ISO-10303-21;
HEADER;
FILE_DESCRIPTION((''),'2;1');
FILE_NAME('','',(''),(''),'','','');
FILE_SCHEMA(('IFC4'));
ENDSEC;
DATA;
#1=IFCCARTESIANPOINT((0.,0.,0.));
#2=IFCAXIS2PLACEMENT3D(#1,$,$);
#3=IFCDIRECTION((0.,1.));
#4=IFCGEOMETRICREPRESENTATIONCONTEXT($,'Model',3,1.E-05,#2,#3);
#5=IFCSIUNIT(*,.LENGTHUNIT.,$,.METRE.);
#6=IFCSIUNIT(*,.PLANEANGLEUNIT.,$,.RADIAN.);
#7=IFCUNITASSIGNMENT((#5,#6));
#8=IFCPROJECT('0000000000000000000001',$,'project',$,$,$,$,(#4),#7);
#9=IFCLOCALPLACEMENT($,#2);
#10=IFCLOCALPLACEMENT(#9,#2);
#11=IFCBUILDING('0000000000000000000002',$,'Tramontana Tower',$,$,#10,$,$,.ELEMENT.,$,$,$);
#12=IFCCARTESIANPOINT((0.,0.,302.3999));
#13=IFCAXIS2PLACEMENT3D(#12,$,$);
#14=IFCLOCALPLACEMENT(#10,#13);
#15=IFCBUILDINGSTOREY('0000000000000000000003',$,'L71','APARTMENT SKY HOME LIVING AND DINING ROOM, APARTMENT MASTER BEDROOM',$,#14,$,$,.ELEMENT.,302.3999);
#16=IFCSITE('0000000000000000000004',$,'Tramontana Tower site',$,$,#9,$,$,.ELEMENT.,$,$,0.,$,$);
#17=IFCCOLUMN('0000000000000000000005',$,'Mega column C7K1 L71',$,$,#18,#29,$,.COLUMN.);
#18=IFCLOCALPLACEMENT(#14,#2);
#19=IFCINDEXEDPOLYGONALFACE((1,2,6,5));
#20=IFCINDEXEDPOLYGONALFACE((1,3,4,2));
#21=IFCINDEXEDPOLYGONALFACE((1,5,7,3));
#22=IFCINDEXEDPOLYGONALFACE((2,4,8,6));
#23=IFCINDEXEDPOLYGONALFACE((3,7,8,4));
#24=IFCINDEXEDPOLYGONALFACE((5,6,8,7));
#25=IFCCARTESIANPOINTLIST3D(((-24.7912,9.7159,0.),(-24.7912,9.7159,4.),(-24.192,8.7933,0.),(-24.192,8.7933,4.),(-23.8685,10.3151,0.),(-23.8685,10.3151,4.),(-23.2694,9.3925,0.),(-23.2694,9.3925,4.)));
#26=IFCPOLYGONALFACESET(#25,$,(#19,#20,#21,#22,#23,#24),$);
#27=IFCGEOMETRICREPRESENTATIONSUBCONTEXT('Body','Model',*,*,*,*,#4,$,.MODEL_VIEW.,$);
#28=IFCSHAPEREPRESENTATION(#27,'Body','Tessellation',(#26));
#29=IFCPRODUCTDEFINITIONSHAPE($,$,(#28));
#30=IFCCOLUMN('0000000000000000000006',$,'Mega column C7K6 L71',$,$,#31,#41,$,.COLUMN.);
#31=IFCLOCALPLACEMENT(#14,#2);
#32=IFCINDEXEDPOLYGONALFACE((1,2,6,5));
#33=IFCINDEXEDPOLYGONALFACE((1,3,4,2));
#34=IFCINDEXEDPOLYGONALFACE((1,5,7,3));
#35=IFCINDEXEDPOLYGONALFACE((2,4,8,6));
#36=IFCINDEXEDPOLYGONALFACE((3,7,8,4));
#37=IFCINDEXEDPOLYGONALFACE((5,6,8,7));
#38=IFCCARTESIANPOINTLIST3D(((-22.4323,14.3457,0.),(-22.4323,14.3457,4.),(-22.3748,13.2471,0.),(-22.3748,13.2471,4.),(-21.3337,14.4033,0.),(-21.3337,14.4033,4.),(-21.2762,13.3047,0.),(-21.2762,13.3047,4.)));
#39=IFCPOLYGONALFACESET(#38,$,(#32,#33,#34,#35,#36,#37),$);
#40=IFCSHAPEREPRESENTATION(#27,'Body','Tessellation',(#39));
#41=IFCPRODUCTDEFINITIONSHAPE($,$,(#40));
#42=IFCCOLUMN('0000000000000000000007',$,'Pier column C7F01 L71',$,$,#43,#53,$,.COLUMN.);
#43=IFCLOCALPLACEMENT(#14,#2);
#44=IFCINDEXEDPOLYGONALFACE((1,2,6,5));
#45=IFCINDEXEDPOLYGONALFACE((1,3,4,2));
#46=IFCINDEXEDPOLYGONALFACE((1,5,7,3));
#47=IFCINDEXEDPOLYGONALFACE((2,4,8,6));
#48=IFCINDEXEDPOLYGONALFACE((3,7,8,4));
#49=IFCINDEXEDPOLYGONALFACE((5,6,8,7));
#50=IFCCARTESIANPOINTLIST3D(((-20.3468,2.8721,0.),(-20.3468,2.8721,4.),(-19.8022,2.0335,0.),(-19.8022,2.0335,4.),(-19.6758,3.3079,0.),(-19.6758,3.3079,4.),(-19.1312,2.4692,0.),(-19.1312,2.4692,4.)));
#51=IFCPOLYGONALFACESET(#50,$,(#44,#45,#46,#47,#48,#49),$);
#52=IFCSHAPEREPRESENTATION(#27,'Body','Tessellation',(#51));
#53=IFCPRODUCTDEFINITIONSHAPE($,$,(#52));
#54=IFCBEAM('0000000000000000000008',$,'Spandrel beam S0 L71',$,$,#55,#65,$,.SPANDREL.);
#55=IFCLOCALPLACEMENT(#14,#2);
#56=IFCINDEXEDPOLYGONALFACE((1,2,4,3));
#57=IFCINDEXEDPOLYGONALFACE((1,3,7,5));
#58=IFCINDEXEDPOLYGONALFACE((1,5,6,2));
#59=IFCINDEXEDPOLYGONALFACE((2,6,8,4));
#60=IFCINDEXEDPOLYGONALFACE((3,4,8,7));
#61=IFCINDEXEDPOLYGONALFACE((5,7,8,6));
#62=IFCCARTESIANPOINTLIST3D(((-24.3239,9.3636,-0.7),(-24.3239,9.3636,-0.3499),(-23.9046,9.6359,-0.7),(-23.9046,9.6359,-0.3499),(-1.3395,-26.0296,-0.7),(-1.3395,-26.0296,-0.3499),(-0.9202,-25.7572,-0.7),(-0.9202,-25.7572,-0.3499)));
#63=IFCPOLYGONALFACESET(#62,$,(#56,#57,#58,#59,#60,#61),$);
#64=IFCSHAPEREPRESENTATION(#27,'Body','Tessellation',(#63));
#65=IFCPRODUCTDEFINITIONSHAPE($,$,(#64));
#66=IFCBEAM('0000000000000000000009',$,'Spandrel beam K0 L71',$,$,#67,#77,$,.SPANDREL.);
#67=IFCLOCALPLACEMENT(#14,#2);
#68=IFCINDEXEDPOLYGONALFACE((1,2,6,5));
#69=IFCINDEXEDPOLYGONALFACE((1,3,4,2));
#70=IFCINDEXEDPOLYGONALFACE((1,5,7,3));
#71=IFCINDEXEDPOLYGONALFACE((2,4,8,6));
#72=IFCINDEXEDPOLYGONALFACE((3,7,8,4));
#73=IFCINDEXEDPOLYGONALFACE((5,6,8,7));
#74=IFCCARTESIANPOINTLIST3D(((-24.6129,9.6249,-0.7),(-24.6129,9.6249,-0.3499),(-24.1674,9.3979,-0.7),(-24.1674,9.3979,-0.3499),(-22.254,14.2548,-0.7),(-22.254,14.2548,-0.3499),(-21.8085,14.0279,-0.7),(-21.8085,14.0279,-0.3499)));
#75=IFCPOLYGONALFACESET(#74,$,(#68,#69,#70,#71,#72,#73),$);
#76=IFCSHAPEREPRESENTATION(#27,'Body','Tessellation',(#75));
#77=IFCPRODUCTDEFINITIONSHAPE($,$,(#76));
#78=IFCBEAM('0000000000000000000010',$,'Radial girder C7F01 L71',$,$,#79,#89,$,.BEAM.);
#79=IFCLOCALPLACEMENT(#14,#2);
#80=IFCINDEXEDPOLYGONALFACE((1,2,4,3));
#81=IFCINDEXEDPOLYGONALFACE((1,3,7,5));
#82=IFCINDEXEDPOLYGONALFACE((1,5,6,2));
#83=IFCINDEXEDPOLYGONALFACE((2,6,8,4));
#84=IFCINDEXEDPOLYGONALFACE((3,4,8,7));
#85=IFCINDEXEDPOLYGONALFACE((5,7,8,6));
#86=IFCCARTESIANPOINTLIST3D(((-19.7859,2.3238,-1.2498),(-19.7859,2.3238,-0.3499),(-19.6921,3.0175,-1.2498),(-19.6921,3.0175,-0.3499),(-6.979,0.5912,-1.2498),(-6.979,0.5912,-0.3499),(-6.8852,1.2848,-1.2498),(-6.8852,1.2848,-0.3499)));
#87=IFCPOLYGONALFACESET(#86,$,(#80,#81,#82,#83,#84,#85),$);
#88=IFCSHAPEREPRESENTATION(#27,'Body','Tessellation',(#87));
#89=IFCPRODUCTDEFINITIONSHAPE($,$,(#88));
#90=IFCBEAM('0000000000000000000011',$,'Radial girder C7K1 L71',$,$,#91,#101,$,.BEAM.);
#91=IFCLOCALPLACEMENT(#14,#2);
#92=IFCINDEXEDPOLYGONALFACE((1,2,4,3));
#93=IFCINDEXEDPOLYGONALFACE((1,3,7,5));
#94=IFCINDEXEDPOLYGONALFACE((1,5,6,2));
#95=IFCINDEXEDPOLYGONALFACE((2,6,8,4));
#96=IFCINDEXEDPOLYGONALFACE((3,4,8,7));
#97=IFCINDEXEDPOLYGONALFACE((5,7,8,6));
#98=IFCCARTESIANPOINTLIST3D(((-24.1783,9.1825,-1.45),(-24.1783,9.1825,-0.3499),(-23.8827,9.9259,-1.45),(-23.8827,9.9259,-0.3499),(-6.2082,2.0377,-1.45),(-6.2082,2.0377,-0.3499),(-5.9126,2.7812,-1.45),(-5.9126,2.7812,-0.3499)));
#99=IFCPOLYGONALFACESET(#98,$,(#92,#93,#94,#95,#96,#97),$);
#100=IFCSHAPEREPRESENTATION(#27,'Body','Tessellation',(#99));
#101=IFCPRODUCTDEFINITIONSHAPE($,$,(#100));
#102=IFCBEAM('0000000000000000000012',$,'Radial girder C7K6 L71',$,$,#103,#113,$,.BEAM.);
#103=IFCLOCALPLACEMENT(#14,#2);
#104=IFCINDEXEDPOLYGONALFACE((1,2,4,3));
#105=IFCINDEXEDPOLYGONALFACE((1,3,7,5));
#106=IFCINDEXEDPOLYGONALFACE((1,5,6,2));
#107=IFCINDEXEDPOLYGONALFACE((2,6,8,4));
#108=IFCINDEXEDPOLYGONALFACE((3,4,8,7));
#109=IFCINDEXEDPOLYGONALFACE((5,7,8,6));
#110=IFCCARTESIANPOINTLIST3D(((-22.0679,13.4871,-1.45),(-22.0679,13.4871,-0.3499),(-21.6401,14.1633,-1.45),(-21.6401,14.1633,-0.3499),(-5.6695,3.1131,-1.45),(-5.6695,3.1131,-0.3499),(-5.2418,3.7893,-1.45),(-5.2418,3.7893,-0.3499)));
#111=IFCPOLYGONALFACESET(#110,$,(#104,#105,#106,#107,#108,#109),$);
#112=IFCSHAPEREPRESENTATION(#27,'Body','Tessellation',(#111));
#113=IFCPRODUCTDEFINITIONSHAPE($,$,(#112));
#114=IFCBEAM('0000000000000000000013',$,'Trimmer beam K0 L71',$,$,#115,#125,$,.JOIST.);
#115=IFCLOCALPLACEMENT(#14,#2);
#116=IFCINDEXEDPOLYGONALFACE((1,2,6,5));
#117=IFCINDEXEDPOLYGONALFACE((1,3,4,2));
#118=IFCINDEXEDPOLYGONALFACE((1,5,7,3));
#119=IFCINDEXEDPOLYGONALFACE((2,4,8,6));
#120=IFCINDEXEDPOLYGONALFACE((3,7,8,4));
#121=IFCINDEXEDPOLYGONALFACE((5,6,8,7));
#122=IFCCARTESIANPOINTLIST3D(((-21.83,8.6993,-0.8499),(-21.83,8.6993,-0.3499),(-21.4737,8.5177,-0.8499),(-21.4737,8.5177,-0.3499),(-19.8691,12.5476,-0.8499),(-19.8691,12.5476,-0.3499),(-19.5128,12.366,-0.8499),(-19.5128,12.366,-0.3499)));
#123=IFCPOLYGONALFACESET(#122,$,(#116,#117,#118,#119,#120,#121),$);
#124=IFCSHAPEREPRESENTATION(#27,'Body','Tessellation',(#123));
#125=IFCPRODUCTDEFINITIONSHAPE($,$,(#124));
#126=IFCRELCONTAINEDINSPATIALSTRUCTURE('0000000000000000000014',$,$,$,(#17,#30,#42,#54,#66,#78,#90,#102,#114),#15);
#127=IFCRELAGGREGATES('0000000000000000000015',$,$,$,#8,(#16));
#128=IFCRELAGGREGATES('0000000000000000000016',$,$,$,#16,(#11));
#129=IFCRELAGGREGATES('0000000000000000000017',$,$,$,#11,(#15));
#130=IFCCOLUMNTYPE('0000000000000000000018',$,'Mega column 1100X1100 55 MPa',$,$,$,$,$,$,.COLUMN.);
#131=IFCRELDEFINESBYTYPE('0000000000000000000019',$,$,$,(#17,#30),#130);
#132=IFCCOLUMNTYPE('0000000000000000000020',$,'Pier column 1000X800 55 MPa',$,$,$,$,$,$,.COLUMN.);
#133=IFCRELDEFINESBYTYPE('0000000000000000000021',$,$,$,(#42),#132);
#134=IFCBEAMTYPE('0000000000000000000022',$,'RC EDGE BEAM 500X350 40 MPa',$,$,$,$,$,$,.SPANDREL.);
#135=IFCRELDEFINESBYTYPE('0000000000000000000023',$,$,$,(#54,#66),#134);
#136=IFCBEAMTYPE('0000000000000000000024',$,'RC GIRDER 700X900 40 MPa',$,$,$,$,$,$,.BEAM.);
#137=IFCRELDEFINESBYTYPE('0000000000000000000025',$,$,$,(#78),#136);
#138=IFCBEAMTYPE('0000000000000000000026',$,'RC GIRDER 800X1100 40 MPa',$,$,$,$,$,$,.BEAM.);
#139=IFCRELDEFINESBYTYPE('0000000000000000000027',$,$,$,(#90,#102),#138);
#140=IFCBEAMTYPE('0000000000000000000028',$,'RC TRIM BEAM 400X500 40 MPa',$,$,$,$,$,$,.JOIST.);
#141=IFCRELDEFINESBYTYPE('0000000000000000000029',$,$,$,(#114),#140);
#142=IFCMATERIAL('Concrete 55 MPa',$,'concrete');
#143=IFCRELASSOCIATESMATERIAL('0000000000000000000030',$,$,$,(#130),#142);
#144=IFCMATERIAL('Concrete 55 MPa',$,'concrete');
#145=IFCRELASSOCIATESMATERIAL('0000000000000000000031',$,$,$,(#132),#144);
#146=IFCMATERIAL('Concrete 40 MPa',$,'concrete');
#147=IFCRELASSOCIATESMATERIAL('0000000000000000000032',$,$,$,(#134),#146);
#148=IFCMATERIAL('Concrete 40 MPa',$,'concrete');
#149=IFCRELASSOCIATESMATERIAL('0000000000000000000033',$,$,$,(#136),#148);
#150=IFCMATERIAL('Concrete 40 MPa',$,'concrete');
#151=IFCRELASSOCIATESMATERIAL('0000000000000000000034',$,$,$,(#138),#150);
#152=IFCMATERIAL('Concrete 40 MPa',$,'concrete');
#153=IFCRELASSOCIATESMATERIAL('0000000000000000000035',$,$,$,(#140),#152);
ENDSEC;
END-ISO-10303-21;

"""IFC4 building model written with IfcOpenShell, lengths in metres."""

from ifc_helpers import new_model, si_unit, direction, frame, origin, origin_2d, place, context, subcontext, project, spatial, rectangle, extrude, material, material_profile, profile_set, type_object, element, save


model = new_model("IFC4")

# Units and contexts
model_context = context("Model", 3, precision=1e-05, world=origin(), true_north=direction((0.0, 1.0)))
body_context = subcontext(model_context, "Body", "Model", "MODEL_VIEW")
ifc_project = project(units=[si_unit("LENGTHUNIT", "METRE"), si_unit("PLANEANGLEUNIT", "RADIAN")], contexts=[model_context])

# Site, building, storey
site_placement = place(None, origin())
site = spatial("IfcSite", under=ifc_project, at=site_placement, Name="Tramontana Tower site", CompositionType="ELEMENT", RefElevation=0.0)
building_placement = place(site_placement, origin())
building = spatial("IfcBuilding", under=site, at=building_placement, Name="Tramontana Tower", CompositionType="ELEMENT")
storey_placement = place(building_placement, frame((0.0, 0.0, 302.3999)))
storey = spatial("IfcBuildingStorey", under=building, at=storey_placement, Name="L71", Description="APARTMENT SKY HOME LIVING AND DINING ROOM, APARTMENT MASTER BEDROOM", CompositionType="ELEMENT", Elevation=302.3999)

# Columns
ifc_material_1 = material(Name="Concrete 55 MPa", Category="concrete")
ifc_material_profile_1 = material_profile(ifc_material_1, rectangle(XDim=1.1001, YDim=1.1001, at=origin_2d()), Name="Mega column 1100X1100 55 MPa")
ifc_profile_set_1 = profile_set([ifc_material_profile_1], Name="Concrete 55 MPa")
column_type_1 = type_object("IfcColumnType", Name="Mega column 1100X1100 55 MPa", PredefinedType="COLUMN", material=ifc_profile_set_1)
for number, where, z_axis, x_axis, name in (
    (1, (-24.0303, 9.5542, 0.0), (0.0, 0.0, 1.0), (0.544639, -0.838671, 0.0), "Mega column C7K1 L71"),
    (2, (-21.8542, 13.8252, 0.0), (0.0, 0.0, 1.0), (-0.99863, -0.052336, 0.0), "Mega column C7K6 L71"),
):
    element("IfcColumn", number, at=place(storey_placement, frame(where, z_axis=z_axis, x_axis=x_axis)), inside=storey, type_object=column_type_1, Name=name, PredefinedType="COLUMN", context=body_context, shape_type="SweptSolid", body=[
        extrude(rectangle(XDim=1.1001, YDim=1.1001, at=origin_2d()), origin(), (0.0, 0.0, 1.0), 4.0),
    ])
ifc_material_2 = material(Name="Concrete 55 MPa", Category="concrete")
ifc_material_profile_2 = material_profile(ifc_material_2, rectangle(XDim=1.0, YDim=0.8, at=origin_2d()), Name="Pier column 1000X800 55 MPa")
ifc_profile_set_2 = profile_set([ifc_material_profile_2], Name="Concrete 55 MPa")
column_type_2 = type_object("IfcColumnType", Name="Pier column 1000X800 55 MPa", PredefinedType="COLUMN", material=ifc_profile_set_2)
column_placement = place(storey_placement, frame((-19.739, 2.6707, 0.0), z_axis=(0.0, 0.0, 1.0), x_axis=(0.544639, -0.838671, 0.0)))
element("IfcColumn", 3, at=column_placement, inside=storey, type_object=column_type_2, Name="Pier column C7F01 L71", PredefinedType="COLUMN", context=body_context, shape_type="SweptSolid", body=[
    extrude(rectangle(XDim=1.0, YDim=0.8, at=origin_2d()), origin(), (0.0, 0.0, 1.0), 4.0),
])

# Beams
ifc_material_3 = material(Name="Concrete 40 MPa", Category="concrete")
ifc_material_profile_3 = material_profile(ifc_material_3, rectangle(XDim=0.5, YDim=0.3501, at=origin_2d()), Name="RC EDGE BEAM 500X350 40 MPa")
ifc_profile_set_3 = profile_set([ifc_material_profile_3], Name="Concrete 40 MPa")
beam_type_1 = type_object("IfcBeamType", Name="RC EDGE BEAM 500X350 40 MPa", PredefinedType="SPANDREL", material=ifc_profile_set_3)
beam_1_placement = place(storey_placement, frame((-24.1143, 9.4998, -0.5249), z_axis=(0.544637, -0.838672, 0.0), x_axis=(0.838672, 0.544637, 0.0)))
element("IfcBeam", 4, at=beam_1_placement, inside=storey, type_object=beam_type_1, Name="Spandrel beam S0 L71", PredefinedType="SPANDREL", context=body_context, shape_type="SweptSolid", body=[
    extrude(rectangle(XDim=0.5, YDim=0.3501, at=origin_2d()), origin(), (0.0, 0.0, 1.0), 42.2014),
])
beam_2_placement = place(storey_placement, frame((-22.0312, 14.1414, -0.5249), z_axis=(-0.453967, -0.891019, 0.0), x_axis=(0.891019, -0.453967, 0.0)))
element("IfcBeam", 5, at=beam_2_placement, inside=storey, type_object=beam_type_1, Name="Spandrel beam K0 L71", PredefinedType="SPANDREL", context=body_context, shape_type="SweptSolid", body=[
    extrude(rectangle(XDim=0.5, YDim=0.3501, at=origin_2d()), origin(), (0.0, 0.0, 1.0), 5.1963),
])
ifc_material_4 = material(Name="Concrete 40 MPa", Category="concrete")
ifc_material_profile_4 = material_profile(ifc_material_4, rectangle(XDim=0.7, YDim=0.8999, at=origin_2d()), Name="RC GIRDER 700X900 40 MPa")
ifc_profile_set_4 = profile_set([ifc_material_profile_4], Name="Concrete 40 MPa")
beam_type_2 = type_object("IfcBeamType", Name="RC GIRDER 700X900 40 MPa", PredefinedType="BEAM", material=ifc_profile_set_4)
beam_3_placement = place(storey_placement, frame((-19.739, 2.6707, -0.7998), z_axis=(0.990972, -0.13407, 0.0), x_axis=(0.13407, 0.990972, 0.0)))
element("IfcBeam", 6, at=beam_3_placement, inside=storey, type_object=beam_type_2, Name="Radial girder C7F01 L71", PredefinedType="BEAM", context=body_context, shape_type="SweptSolid", body=[
    extrude(rectangle(XDim=0.7, YDim=0.8999, at=origin_2d()), origin(), (0.0, 0.0, 1.0), 12.9236),
])
ifc_material_5 = material(Name="Concrete 40 MPa", Category="concrete")
ifc_material_profile_5 = material_profile(ifc_material_5, rectangle(XDim=0.8, YDim=1.1001, at=origin_2d()), Name="RC GIRDER 800X1100 40 MPa")
ifc_profile_set_5 = profile_set([ifc_material_profile_5], Name="Concrete 40 MPa")
beam_type_3 = type_object("IfcBeamType", Name="RC GIRDER 800X1100 40 MPa", PredefinedType="BEAM", material=ifc_profile_set_5)
beam_4_placement = place(storey_placement, frame((-24.0305, 9.5542, -0.8999), z_axis=(0.929247, -0.369459, 0.0), x_axis=(0.369459, 0.929247, 0.0)))
element("IfcBeam", 7, at=beam_4_placement, inside=storey, type_object=beam_type_3, Name="Radial girder C7K1 L71", PredefinedType="BEAM", context=body_context, shape_type="SweptSolid", body=[
    extrude(rectangle(XDim=0.8, YDim=1.1001, at=origin_2d()), origin(), (0.0, 0.0, 1.0), 19.3384),
])
beam_5_placement = place(storey_placement, frame((-21.854, 13.8252, -0.8999), z_axis=(0.84509, -0.534623, 0.0), x_axis=(0.534623, 0.84509, 0.0)))
element("IfcBeam", 8, at=beam_5_placement, inside=storey, type_object=beam_type_3, Name="Radial girder C7K6 L71", PredefinedType="BEAM", context=body_context, shape_type="SweptSolid", body=[
    extrude(rectangle(XDim=0.8, YDim=1.1001, at=origin_2d()), origin(), (0.0, 0.0, 1.0), 19.4043),
])
ifc_material_6 = material(Name="Concrete 40 MPa", Category="concrete")
ifc_material_profile_6 = material_profile(ifc_material_6, rectangle(XDim=0.3999, YDim=0.5, at=origin_2d()), Name="RC TRIM BEAM 400X500 40 MPa")
ifc_profile_set_6 = profile_set([ifc_material_profile_6], Name="Concrete 40 MPa")
beam_type_4 = type_object("IfcBeamType", Name="RC TRIM BEAM 400X500 40 MPa", PredefinedType="JOIST", material=ifc_profile_set_6)
beam_6_placement = place(storey_placement, frame((-19.6909, 12.4568, -0.5999), z_axis=(-0.454006, -0.890999, 0.0), x_axis=(0.890999, -0.454006, 0.0)))
element("IfcBeam", 9, at=beam_6_placement, inside=storey, type_object=beam_type_4, Name="Trimmer beam K0 L71", PredefinedType="JOIST", context=body_context, shape_type="SweptSolid", body=[
    extrude(rectangle(XDim=0.3999, YDim=0.5, at=origin_2d()), origin(), (0.0, 0.0, 1.0), 4.3191),
])

save(model, "model.ifc")
